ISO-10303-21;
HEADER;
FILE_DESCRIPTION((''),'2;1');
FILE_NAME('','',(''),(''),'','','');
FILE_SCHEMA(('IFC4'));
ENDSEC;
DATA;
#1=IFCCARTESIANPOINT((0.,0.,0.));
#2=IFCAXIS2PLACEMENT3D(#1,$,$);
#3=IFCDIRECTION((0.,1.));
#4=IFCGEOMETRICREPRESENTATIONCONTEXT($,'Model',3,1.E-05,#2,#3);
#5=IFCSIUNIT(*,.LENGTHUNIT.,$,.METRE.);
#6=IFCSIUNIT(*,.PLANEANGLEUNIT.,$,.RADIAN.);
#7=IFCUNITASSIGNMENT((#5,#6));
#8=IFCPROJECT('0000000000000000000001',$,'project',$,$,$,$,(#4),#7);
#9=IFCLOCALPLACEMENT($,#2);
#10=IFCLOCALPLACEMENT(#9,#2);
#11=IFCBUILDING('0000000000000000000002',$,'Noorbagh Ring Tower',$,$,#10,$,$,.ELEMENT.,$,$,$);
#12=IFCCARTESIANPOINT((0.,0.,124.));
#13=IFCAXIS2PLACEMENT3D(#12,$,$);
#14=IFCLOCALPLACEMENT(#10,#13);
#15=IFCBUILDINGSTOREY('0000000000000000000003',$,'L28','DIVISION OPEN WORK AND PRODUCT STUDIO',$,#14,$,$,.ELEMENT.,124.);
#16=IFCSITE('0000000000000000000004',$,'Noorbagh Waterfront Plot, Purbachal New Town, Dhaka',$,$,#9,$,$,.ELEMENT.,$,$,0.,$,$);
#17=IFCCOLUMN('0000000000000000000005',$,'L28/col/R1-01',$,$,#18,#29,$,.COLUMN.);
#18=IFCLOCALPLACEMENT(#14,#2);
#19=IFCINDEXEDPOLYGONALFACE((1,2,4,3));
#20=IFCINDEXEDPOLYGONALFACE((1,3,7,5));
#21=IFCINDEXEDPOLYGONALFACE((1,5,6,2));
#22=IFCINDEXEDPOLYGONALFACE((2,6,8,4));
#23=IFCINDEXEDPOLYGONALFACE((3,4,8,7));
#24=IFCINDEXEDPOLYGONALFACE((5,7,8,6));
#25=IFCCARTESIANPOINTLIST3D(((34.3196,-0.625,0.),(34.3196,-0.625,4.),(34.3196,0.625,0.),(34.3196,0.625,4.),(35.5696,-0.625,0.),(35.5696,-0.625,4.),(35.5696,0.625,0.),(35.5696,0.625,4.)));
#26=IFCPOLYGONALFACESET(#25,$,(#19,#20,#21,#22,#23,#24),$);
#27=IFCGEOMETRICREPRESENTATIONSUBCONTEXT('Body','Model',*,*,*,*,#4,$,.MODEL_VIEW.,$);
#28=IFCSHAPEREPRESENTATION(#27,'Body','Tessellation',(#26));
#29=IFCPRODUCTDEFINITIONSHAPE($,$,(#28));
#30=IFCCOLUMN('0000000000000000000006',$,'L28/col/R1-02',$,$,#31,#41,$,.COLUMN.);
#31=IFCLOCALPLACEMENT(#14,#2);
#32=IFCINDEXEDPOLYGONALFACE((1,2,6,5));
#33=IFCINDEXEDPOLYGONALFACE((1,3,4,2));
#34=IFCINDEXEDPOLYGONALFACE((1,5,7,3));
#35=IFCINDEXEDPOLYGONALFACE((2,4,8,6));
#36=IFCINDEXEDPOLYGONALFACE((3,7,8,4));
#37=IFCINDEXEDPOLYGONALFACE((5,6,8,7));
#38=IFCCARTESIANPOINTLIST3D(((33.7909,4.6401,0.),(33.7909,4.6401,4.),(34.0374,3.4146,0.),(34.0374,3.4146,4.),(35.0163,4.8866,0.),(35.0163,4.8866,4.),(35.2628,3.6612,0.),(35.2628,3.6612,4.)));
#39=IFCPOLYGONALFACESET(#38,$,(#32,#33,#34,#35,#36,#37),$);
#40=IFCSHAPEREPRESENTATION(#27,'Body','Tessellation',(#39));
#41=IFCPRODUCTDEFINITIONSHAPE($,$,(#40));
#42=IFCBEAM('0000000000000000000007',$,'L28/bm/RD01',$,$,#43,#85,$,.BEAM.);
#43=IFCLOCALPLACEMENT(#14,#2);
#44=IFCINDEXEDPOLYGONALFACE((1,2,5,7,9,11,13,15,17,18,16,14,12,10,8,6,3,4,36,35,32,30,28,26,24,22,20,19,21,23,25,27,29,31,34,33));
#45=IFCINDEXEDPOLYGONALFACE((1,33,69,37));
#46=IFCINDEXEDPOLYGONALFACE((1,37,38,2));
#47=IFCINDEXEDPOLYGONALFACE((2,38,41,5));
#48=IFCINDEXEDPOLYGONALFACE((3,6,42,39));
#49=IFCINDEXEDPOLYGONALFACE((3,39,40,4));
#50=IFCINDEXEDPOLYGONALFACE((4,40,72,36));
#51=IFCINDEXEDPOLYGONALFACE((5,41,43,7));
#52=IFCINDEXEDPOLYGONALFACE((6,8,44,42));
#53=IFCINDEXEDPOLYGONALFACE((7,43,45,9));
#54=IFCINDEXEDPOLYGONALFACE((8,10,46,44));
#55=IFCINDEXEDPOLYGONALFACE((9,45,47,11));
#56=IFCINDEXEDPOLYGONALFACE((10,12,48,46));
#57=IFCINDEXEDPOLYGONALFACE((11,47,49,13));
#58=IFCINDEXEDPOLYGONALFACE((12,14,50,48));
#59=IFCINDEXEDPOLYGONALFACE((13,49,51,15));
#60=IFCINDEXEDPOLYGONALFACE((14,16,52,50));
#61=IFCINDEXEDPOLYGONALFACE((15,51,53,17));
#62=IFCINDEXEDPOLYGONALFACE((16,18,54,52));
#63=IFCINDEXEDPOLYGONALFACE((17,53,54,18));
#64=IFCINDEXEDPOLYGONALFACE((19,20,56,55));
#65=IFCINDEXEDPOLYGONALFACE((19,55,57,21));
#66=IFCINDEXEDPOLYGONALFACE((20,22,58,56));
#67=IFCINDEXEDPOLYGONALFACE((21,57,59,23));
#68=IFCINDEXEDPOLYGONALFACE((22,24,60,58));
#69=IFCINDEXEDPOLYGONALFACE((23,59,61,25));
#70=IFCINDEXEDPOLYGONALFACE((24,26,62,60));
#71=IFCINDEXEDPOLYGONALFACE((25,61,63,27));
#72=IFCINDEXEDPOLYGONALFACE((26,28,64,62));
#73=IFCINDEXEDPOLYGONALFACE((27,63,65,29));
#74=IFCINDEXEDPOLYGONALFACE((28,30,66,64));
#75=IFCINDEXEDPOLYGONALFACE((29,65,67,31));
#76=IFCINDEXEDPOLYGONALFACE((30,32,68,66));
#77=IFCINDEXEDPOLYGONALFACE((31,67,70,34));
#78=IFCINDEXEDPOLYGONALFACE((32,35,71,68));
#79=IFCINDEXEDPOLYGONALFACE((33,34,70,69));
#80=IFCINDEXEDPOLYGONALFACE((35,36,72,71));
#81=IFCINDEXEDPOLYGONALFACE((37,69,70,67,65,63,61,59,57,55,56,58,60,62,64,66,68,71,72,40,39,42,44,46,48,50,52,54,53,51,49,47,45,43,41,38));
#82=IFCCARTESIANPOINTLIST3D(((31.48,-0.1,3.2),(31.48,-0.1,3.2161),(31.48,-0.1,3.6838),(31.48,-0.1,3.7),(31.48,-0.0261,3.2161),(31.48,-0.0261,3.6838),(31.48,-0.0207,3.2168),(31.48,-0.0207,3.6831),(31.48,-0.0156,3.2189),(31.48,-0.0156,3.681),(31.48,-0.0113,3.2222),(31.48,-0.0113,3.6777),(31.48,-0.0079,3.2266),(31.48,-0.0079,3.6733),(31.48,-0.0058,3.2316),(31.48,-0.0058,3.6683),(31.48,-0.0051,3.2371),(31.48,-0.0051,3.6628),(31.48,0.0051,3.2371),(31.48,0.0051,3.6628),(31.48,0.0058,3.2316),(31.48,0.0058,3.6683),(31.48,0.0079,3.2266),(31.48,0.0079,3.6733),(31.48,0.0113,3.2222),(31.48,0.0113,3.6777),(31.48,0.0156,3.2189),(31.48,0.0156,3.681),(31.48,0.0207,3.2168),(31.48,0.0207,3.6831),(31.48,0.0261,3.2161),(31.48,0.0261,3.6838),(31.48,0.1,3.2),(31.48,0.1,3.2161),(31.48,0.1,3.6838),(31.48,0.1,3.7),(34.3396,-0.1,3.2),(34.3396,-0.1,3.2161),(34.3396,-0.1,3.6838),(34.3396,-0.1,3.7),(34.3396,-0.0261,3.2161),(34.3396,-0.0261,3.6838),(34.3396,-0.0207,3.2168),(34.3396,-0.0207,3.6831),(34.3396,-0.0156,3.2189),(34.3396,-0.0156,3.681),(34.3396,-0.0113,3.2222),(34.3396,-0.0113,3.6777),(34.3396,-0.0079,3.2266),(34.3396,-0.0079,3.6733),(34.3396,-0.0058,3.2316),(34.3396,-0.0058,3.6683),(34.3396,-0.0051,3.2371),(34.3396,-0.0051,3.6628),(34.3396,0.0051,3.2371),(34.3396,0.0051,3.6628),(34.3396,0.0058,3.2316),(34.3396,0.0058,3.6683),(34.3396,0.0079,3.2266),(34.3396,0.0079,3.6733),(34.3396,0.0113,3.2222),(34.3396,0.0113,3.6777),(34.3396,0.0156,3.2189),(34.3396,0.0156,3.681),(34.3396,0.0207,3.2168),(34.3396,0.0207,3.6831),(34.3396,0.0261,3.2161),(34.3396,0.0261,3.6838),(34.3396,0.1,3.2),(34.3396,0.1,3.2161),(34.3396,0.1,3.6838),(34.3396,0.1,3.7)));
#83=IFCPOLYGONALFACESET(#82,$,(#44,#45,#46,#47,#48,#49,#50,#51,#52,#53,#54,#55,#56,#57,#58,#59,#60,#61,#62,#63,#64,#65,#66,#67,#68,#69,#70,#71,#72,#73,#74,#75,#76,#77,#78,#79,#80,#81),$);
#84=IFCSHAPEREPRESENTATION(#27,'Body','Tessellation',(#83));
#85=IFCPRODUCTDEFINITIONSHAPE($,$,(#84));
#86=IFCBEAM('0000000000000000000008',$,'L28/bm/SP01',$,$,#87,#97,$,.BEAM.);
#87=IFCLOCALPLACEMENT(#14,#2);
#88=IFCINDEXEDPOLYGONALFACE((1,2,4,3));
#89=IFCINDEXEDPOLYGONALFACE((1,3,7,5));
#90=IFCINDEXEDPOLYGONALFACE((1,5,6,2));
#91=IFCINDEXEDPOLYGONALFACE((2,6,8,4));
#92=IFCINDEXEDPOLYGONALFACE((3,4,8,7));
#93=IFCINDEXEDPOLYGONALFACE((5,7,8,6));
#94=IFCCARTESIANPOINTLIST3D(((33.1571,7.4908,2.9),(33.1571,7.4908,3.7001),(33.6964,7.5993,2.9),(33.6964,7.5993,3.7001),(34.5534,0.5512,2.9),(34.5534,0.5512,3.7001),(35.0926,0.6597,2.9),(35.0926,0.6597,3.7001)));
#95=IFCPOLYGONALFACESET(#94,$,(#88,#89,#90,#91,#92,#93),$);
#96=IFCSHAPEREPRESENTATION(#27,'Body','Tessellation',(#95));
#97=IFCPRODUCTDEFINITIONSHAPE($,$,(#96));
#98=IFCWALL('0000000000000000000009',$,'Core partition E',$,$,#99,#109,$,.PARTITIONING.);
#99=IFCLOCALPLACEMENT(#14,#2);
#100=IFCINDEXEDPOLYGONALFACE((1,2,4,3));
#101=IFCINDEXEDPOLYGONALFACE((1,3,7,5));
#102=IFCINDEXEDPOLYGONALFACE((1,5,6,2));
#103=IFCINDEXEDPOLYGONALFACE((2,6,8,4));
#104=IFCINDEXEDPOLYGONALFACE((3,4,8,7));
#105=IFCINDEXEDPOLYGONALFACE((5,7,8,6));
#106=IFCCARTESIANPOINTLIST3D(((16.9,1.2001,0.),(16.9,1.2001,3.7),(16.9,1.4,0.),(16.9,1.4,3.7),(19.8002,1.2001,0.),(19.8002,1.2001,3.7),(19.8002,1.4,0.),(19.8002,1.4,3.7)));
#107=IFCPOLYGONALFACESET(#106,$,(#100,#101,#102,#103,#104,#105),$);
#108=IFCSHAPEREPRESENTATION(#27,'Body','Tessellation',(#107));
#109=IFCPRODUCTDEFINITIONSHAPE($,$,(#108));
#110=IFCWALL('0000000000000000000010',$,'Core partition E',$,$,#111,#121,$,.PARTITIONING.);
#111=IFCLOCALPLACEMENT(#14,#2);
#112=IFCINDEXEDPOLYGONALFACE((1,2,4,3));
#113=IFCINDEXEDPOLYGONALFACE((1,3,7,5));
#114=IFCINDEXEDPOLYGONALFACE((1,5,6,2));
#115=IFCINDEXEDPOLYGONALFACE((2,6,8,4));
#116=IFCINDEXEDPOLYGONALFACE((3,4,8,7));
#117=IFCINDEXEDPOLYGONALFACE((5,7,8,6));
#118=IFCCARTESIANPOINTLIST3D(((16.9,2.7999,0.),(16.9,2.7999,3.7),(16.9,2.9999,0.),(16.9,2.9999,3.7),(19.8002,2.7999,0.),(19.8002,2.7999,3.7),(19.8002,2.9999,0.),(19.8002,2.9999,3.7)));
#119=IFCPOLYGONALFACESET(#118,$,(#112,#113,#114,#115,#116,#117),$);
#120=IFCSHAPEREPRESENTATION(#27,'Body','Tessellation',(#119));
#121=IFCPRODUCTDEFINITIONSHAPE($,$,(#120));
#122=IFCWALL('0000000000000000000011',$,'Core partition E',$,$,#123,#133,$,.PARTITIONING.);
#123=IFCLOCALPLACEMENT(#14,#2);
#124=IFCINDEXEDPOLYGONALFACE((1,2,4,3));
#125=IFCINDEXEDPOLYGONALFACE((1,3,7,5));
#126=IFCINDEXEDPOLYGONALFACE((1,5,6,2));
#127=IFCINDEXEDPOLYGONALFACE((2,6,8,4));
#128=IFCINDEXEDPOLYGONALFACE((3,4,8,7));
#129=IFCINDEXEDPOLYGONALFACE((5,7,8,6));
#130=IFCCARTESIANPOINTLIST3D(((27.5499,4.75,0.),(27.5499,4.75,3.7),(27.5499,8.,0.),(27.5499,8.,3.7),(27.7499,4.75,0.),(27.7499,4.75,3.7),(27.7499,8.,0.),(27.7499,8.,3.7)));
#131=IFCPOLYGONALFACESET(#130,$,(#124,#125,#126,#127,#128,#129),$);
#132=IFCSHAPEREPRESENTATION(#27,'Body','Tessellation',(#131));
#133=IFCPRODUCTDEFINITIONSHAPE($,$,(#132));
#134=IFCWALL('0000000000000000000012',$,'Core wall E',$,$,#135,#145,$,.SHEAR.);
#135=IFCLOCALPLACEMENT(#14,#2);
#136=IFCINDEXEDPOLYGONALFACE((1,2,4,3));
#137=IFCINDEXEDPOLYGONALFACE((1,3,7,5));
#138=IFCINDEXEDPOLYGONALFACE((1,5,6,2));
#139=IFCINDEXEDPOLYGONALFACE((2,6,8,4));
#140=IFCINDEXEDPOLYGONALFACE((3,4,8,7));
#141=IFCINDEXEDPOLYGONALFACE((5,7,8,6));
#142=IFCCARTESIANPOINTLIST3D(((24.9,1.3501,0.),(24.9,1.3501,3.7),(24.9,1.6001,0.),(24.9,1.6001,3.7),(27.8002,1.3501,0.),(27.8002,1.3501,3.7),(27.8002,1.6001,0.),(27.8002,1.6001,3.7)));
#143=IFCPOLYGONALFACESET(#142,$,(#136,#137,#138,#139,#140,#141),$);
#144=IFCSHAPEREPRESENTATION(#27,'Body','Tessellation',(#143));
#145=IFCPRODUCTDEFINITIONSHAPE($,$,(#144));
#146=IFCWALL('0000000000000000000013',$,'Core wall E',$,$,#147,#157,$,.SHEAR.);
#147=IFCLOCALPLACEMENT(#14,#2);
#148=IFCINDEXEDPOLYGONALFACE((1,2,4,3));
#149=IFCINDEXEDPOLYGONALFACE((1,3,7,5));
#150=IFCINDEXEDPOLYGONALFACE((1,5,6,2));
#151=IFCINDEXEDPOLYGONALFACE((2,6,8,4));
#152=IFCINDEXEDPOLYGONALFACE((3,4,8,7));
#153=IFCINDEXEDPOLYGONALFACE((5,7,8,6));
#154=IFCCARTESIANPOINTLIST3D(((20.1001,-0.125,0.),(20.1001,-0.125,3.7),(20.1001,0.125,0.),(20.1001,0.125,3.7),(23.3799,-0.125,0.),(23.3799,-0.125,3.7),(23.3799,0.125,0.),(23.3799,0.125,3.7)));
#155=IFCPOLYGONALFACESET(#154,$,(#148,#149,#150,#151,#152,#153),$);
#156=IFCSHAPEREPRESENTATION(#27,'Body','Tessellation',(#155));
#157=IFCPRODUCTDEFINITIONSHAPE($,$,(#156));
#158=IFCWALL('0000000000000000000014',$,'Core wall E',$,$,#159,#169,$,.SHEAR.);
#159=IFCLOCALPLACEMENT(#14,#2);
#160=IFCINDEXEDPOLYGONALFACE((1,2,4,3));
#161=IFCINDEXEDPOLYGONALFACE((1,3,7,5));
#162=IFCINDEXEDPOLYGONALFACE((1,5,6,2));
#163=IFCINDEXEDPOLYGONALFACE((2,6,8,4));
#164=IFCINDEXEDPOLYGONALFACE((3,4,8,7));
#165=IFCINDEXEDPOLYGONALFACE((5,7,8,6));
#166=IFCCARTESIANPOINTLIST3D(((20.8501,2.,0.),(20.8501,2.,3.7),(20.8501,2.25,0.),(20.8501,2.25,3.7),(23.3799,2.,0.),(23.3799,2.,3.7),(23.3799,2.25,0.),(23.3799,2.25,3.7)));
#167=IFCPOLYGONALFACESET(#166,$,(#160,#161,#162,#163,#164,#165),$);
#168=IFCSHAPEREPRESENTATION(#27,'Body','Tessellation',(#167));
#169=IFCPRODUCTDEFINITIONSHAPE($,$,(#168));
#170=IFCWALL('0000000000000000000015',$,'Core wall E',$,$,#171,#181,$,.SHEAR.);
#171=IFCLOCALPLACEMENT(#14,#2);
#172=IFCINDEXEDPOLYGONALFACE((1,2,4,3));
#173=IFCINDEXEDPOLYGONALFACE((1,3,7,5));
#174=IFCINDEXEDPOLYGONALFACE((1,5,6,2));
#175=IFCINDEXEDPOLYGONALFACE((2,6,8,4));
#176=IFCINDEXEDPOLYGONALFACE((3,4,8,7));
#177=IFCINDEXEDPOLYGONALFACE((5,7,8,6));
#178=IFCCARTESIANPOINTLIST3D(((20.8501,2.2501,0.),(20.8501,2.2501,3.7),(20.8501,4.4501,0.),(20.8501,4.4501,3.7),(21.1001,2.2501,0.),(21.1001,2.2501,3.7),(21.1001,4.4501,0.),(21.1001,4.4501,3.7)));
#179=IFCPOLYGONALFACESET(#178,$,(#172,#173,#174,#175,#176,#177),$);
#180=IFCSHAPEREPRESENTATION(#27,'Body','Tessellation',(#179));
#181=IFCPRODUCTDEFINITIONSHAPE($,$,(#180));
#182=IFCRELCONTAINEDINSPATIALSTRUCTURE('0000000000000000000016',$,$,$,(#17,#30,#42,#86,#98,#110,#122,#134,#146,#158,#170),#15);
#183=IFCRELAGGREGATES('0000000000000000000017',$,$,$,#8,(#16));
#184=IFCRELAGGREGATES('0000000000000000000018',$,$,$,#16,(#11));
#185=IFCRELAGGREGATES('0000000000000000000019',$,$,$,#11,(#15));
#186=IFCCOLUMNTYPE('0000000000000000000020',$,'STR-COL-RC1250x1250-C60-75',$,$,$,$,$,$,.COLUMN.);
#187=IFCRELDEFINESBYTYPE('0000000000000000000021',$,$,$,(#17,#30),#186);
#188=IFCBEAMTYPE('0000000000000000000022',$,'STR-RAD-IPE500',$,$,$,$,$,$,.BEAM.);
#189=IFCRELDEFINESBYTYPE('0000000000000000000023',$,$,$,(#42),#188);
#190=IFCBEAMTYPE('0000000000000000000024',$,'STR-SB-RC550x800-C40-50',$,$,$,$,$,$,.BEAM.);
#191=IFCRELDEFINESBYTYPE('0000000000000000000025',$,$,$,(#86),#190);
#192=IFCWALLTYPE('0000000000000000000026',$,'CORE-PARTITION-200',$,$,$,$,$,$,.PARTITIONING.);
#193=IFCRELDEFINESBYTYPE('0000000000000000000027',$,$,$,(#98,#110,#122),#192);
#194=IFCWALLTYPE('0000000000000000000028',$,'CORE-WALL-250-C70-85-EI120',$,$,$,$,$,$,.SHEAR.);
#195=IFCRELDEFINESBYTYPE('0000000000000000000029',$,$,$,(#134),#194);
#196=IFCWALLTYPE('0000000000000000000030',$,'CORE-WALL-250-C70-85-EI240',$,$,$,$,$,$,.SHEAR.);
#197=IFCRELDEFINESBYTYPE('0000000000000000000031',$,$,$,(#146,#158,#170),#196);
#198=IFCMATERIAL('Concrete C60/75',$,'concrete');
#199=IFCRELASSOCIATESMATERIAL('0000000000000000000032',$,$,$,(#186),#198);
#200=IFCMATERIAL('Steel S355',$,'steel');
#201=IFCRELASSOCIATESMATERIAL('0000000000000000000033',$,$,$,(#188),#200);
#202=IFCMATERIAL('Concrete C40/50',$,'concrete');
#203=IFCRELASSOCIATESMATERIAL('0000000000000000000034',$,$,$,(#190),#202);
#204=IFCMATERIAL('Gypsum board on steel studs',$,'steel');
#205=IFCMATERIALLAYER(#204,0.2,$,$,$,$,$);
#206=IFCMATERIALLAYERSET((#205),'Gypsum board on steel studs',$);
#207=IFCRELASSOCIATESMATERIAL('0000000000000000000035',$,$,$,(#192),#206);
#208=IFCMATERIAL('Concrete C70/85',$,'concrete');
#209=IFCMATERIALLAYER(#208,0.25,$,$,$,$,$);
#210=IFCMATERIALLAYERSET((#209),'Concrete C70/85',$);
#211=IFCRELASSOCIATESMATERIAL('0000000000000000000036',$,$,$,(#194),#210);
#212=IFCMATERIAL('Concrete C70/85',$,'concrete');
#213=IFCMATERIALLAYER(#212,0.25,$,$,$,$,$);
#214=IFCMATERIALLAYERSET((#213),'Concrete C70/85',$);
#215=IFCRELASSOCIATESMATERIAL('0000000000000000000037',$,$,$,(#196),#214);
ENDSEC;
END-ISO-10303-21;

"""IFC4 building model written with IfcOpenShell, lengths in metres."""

from ifc_helpers import new_model, si_unit, direction, frame, frame_2d, origin, origin_2d, place, context, subcontext, project, spatial, rectangle, i_section, extrude, material, layer, layer_set, material_profile, profile_set, type_object, element, save


model = new_model("IFC4")

# Units and contexts
model_context = context("Model", 3, precision=1e-05, world=origin(), true_north=direction((0.0, 1.0)))
body_context = subcontext(model_context, "Body", "Model", "MODEL_VIEW")
ifc_project = project(units=[si_unit("LENGTHUNIT", "METRE"), si_unit("PLANEANGLEUNIT", "RADIAN")], contexts=[model_context])

# Site, building, storey
site_placement = place(None, origin())
site = spatial("IfcSite", under=ifc_project, at=site_placement, Name="Noorbagh Waterfront Plot, Purbachal New Town, Dhaka", CompositionType="ELEMENT", RefElevation=0.0)
building_placement = place(site_placement, origin())
building = spatial("IfcBuilding", under=site, at=building_placement, Name="Noorbagh Ring Tower", CompositionType="ELEMENT")
storey_placement = place(building_placement, frame((0.0, 0.0, 124.0)))
storey = spatial("IfcBuildingStorey", under=building, at=storey_placement, Name="L28", Description="DIVISION OPEN WORK AND PRODUCT STUDIO", CompositionType="ELEMENT", Elevation=124.0)

# Columns
ifc_material_1 = material(Name="Concrete C60/75", Category="concrete")
ifc_material_profile_1 = material_profile(ifc_material_1, rectangle(XDim=1.25, YDim=1.25, at=origin_2d()), Name="RC1250x1250")
ifc_profile_set_1 = profile_set([ifc_material_profile_1], Name="Concrete C60/75")
column_type = type_object("IfcColumnType", Name="STR-COL-RC1250x1250-C60-75", PredefinedType="COLUMN", material=ifc_profile_set_1)
for number, where, z_axis, x_axis, name in (
    (1, (34.9446, 0.0, 0.0), (0.0, 0.0, 1.0), (0.0, 1.0, 0.0), "L28/col/R1-01"),
    (2, (34.5269, 4.1506, 0.0), (0.0, 0.0, 1.0), (-0.19723, 0.980357, 0.0), "L28/col/R1-02"),
):
    element("IfcColumn", number, at=place(storey_placement, frame(where, z_axis=z_axis, x_axis=x_axis)), inside=storey, type_object=column_type, Name=name, PredefinedType="COLUMN", context=body_context, shape_type="SweptSolid", body=[
        extrude(rectangle(XDim=1.25, YDim=1.25, at=origin_2d()), origin(), (0.0, 0.0, 1.0), 4.0),
    ])

# Beams
ifc_material_2 = material(Name="Steel S355", Category="steel")
ifc_material_profile_2 = material_profile(ifc_material_2, i_section(OverallWidth=0.2, OverallDepth=0.5, WebThickness=0.0103, FlangeThickness=0.0161, FilletRadius=0.021, at=origin_2d()), Name="IPE500")
ifc_profile_set_2 = profile_set([ifc_material_profile_2], Name="Steel S355")
beam_type_1 = type_object("IfcBeamType", Name="STR-RAD-IPE500", PredefinedType="BEAM", material=ifc_profile_set_2)
beam_1_placement = place(storey_placement, frame((34.3396, 0.0, 3.45), z_axis=(-1.0, 0.0, 0.0), x_axis=(0.0, -1.0, 0.0)))
element("IfcBeam", 3, at=beam_1_placement, inside=storey, type_object=beam_type_1, Name="L28/bm/RD01", PredefinedType="BEAM", context=body_context, shape_type="SweptSolid", body=[
    extrude(i_section(OverallWidth=0.2, OverallDepth=0.5, WebThickness=0.0103, FlangeThickness=0.0161, FilletRadius=0.021, at=origin_2d()), origin(), (0.0, 0.0, 1.0), 2.8596),
])
ifc_material_3 = material(Name="Concrete C40/50", Category="concrete")
ifc_material_profile_3 = material_profile(ifc_material_3, rectangle(XDim=0.55, YDim=0.8, at=origin_2d()), Name="RC550x800")
ifc_profile_set_3 = profile_set([ifc_material_profile_3], Name="Concrete C40/50")
beam_type_2 = type_object("IfcBeamType", Name="STR-SB-RC550x800-C40-50", PredefinedType="BEAM", material=ifc_profile_set_3)
beam_2_placement = place(storey_placement, frame((34.823, 0.6055, 3.3), z_axis=(-0.19725, 0.980353, 0.0), x_axis=(-0.980353, -0.19725, 0.0)))
element("IfcBeam", 4, at=beam_2_placement, inside=storey, type_object=beam_type_2, Name="L28/bm/SP01", PredefinedType="BEAM", context=body_context, shape_type="SweptSolid", body=[
    extrude(rectangle(XDim=0.55, YDim=0.8, at=origin_2d()), origin(), (0.0, 0.0, 1.0), 7.0786),
])

# Walls
ifc_material_4 = material(Name="Gypsum board on steel studs", Category="steel")
ifc_layer_1 = layer(ifc_material_4, 0.2)
ifc_layer_set_1 = layer_set([ifc_layer_1], Name="Gypsum board on steel studs")
wall_type_1 = type_object("IfcWallType", Name="CORE-PARTITION-200", PredefinedType="PARTITIONING", material=ifc_layer_set_1)
for number, where, z_axis, x_axis, name in (
    (5, (16.8999, 1.3, 0.0), (0.0, 0.0, 1.0), (1.0, 0.0, 0.0), "Core partition E"),
    (6, (16.8999, 2.8999, 0.0), (0.0, 0.0, 1.0), (1.0, 0.0, 0.0), "Core partition E"),
):
    element("IfcWall", number, at=place(storey_placement, frame(where, z_axis=z_axis, x_axis=x_axis)), inside=storey, type_object=wall_type_1, Name=name, PredefinedType="PARTITIONING", context=body_context, shape_type="SweptSolid", body=[
        extrude(rectangle(XDim=2.9001, YDim=0.2, at=frame_2d((1.4502, 0.0))), origin(), (0.0, 0.0, 1.0), 3.7),
    ])
wall_1_placement = place(storey_placement, frame((27.6499, 4.75, 0.0), z_axis=(0.0, 0.0, 1.0), x_axis=(0.0, 1.0, 0.0)))
element("IfcWall", 7, at=wall_1_placement, inside=storey, type_object=wall_type_1, Name="Core partition E", PredefinedType="PARTITIONING", context=body_context, shape_type="SweptSolid", body=[
    extrude(rectangle(XDim=3.25, YDim=0.2, at=frame_2d((1.625, 0.0))), origin(), (0.0, 0.0, 1.0), 3.7),
])
ifc_material_5 = material(Name="Concrete C70/85", Category="concrete")
ifc_layer_2 = layer(ifc_material_5, 0.25)
ifc_layer_set_2 = layer_set([ifc_layer_2], Name="Concrete C70/85")
wall_type_2 = type_object("IfcWallType", Name="CORE-WALL-250-C70-85-EI120", PredefinedType="SHEAR", material=ifc_layer_set_2)
wall_2_placement = place(storey_placement, frame((24.8999, 1.4751, 0.0), z_axis=(0.0, 0.0, 1.0), x_axis=(1.0, 0.0, 0.0)))
element("IfcWall", 8, at=wall_2_placement, inside=storey, type_object=wall_type_2, Name="Core wall E", PredefinedType="SHEAR", context=body_context, shape_type="SweptSolid", body=[
    extrude(rectangle(XDim=2.9001, YDim=0.25, at=frame_2d((1.4502, 0.0))), origin(), (0.0, 0.0, 1.0), 3.7),
])
ifc_material_6 = material(Name="Concrete C70/85", Category="concrete")
ifc_layer_3 = layer(ifc_material_6, 0.25)
ifc_layer_set_3 = layer_set([ifc_layer_3], Name="Concrete C70/85")
wall_type_3 = type_object("IfcWallType", Name="CORE-WALL-250-C70-85-EI240", PredefinedType="SHEAR", material=ifc_layer_set_3)
wall_3_placement = place(storey_placement, frame((20.1001, 0.0, 0.0), z_axis=(0.0, 0.0, 1.0), x_axis=(1.0, 0.0, 0.0)))
element("IfcWall", 9, at=wall_3_placement, inside=storey, type_object=wall_type_3, Name="Core wall E", PredefinedType="SHEAR", context=body_context, shape_type="SweptSolid", body=[
    extrude(rectangle(XDim=3.2798, YDim=0.25, at=frame_2d((1.6399, 0.0))), origin(), (0.0, 0.0, 1.0), 3.7),
])
wall_4_placement = place(storey_placement, frame((20.8501, 2.125, 0.0), z_axis=(0.0, 0.0, 1.0), x_axis=(1.0, 0.0, 0.0)))
element("IfcWall", 10, at=wall_4_placement, inside=storey, type_object=wall_type_3, Name="Core wall E", PredefinedType="SHEAR", context=body_context, shape_type="SweptSolid", body=[
    extrude(rectangle(XDim=2.5298, YDim=0.25, at=frame_2d((1.2649, 0.0))), origin(), (0.0, 0.0, 1.0), 3.7),
])
wall_5_placement = place(storey_placement, frame((20.9751, 2.25, 0.0), z_axis=(0.0, 0.0, 1.0), x_axis=(0.0, 1.0, 0.0)))
element("IfcWall", 11, at=wall_5_placement, inside=storey, type_object=wall_type_3, Name="Core wall E", PredefinedType="SHEAR", context=body_context, shape_type="SweptSolid", body=[
    extrude(rectangle(XDim=2.2, YDim=0.25, at=frame_2d((1.1001, 0.0))), origin(), (0.0, 0.0, 1.0), 3.7),
])

save(model, "model.ifc")
